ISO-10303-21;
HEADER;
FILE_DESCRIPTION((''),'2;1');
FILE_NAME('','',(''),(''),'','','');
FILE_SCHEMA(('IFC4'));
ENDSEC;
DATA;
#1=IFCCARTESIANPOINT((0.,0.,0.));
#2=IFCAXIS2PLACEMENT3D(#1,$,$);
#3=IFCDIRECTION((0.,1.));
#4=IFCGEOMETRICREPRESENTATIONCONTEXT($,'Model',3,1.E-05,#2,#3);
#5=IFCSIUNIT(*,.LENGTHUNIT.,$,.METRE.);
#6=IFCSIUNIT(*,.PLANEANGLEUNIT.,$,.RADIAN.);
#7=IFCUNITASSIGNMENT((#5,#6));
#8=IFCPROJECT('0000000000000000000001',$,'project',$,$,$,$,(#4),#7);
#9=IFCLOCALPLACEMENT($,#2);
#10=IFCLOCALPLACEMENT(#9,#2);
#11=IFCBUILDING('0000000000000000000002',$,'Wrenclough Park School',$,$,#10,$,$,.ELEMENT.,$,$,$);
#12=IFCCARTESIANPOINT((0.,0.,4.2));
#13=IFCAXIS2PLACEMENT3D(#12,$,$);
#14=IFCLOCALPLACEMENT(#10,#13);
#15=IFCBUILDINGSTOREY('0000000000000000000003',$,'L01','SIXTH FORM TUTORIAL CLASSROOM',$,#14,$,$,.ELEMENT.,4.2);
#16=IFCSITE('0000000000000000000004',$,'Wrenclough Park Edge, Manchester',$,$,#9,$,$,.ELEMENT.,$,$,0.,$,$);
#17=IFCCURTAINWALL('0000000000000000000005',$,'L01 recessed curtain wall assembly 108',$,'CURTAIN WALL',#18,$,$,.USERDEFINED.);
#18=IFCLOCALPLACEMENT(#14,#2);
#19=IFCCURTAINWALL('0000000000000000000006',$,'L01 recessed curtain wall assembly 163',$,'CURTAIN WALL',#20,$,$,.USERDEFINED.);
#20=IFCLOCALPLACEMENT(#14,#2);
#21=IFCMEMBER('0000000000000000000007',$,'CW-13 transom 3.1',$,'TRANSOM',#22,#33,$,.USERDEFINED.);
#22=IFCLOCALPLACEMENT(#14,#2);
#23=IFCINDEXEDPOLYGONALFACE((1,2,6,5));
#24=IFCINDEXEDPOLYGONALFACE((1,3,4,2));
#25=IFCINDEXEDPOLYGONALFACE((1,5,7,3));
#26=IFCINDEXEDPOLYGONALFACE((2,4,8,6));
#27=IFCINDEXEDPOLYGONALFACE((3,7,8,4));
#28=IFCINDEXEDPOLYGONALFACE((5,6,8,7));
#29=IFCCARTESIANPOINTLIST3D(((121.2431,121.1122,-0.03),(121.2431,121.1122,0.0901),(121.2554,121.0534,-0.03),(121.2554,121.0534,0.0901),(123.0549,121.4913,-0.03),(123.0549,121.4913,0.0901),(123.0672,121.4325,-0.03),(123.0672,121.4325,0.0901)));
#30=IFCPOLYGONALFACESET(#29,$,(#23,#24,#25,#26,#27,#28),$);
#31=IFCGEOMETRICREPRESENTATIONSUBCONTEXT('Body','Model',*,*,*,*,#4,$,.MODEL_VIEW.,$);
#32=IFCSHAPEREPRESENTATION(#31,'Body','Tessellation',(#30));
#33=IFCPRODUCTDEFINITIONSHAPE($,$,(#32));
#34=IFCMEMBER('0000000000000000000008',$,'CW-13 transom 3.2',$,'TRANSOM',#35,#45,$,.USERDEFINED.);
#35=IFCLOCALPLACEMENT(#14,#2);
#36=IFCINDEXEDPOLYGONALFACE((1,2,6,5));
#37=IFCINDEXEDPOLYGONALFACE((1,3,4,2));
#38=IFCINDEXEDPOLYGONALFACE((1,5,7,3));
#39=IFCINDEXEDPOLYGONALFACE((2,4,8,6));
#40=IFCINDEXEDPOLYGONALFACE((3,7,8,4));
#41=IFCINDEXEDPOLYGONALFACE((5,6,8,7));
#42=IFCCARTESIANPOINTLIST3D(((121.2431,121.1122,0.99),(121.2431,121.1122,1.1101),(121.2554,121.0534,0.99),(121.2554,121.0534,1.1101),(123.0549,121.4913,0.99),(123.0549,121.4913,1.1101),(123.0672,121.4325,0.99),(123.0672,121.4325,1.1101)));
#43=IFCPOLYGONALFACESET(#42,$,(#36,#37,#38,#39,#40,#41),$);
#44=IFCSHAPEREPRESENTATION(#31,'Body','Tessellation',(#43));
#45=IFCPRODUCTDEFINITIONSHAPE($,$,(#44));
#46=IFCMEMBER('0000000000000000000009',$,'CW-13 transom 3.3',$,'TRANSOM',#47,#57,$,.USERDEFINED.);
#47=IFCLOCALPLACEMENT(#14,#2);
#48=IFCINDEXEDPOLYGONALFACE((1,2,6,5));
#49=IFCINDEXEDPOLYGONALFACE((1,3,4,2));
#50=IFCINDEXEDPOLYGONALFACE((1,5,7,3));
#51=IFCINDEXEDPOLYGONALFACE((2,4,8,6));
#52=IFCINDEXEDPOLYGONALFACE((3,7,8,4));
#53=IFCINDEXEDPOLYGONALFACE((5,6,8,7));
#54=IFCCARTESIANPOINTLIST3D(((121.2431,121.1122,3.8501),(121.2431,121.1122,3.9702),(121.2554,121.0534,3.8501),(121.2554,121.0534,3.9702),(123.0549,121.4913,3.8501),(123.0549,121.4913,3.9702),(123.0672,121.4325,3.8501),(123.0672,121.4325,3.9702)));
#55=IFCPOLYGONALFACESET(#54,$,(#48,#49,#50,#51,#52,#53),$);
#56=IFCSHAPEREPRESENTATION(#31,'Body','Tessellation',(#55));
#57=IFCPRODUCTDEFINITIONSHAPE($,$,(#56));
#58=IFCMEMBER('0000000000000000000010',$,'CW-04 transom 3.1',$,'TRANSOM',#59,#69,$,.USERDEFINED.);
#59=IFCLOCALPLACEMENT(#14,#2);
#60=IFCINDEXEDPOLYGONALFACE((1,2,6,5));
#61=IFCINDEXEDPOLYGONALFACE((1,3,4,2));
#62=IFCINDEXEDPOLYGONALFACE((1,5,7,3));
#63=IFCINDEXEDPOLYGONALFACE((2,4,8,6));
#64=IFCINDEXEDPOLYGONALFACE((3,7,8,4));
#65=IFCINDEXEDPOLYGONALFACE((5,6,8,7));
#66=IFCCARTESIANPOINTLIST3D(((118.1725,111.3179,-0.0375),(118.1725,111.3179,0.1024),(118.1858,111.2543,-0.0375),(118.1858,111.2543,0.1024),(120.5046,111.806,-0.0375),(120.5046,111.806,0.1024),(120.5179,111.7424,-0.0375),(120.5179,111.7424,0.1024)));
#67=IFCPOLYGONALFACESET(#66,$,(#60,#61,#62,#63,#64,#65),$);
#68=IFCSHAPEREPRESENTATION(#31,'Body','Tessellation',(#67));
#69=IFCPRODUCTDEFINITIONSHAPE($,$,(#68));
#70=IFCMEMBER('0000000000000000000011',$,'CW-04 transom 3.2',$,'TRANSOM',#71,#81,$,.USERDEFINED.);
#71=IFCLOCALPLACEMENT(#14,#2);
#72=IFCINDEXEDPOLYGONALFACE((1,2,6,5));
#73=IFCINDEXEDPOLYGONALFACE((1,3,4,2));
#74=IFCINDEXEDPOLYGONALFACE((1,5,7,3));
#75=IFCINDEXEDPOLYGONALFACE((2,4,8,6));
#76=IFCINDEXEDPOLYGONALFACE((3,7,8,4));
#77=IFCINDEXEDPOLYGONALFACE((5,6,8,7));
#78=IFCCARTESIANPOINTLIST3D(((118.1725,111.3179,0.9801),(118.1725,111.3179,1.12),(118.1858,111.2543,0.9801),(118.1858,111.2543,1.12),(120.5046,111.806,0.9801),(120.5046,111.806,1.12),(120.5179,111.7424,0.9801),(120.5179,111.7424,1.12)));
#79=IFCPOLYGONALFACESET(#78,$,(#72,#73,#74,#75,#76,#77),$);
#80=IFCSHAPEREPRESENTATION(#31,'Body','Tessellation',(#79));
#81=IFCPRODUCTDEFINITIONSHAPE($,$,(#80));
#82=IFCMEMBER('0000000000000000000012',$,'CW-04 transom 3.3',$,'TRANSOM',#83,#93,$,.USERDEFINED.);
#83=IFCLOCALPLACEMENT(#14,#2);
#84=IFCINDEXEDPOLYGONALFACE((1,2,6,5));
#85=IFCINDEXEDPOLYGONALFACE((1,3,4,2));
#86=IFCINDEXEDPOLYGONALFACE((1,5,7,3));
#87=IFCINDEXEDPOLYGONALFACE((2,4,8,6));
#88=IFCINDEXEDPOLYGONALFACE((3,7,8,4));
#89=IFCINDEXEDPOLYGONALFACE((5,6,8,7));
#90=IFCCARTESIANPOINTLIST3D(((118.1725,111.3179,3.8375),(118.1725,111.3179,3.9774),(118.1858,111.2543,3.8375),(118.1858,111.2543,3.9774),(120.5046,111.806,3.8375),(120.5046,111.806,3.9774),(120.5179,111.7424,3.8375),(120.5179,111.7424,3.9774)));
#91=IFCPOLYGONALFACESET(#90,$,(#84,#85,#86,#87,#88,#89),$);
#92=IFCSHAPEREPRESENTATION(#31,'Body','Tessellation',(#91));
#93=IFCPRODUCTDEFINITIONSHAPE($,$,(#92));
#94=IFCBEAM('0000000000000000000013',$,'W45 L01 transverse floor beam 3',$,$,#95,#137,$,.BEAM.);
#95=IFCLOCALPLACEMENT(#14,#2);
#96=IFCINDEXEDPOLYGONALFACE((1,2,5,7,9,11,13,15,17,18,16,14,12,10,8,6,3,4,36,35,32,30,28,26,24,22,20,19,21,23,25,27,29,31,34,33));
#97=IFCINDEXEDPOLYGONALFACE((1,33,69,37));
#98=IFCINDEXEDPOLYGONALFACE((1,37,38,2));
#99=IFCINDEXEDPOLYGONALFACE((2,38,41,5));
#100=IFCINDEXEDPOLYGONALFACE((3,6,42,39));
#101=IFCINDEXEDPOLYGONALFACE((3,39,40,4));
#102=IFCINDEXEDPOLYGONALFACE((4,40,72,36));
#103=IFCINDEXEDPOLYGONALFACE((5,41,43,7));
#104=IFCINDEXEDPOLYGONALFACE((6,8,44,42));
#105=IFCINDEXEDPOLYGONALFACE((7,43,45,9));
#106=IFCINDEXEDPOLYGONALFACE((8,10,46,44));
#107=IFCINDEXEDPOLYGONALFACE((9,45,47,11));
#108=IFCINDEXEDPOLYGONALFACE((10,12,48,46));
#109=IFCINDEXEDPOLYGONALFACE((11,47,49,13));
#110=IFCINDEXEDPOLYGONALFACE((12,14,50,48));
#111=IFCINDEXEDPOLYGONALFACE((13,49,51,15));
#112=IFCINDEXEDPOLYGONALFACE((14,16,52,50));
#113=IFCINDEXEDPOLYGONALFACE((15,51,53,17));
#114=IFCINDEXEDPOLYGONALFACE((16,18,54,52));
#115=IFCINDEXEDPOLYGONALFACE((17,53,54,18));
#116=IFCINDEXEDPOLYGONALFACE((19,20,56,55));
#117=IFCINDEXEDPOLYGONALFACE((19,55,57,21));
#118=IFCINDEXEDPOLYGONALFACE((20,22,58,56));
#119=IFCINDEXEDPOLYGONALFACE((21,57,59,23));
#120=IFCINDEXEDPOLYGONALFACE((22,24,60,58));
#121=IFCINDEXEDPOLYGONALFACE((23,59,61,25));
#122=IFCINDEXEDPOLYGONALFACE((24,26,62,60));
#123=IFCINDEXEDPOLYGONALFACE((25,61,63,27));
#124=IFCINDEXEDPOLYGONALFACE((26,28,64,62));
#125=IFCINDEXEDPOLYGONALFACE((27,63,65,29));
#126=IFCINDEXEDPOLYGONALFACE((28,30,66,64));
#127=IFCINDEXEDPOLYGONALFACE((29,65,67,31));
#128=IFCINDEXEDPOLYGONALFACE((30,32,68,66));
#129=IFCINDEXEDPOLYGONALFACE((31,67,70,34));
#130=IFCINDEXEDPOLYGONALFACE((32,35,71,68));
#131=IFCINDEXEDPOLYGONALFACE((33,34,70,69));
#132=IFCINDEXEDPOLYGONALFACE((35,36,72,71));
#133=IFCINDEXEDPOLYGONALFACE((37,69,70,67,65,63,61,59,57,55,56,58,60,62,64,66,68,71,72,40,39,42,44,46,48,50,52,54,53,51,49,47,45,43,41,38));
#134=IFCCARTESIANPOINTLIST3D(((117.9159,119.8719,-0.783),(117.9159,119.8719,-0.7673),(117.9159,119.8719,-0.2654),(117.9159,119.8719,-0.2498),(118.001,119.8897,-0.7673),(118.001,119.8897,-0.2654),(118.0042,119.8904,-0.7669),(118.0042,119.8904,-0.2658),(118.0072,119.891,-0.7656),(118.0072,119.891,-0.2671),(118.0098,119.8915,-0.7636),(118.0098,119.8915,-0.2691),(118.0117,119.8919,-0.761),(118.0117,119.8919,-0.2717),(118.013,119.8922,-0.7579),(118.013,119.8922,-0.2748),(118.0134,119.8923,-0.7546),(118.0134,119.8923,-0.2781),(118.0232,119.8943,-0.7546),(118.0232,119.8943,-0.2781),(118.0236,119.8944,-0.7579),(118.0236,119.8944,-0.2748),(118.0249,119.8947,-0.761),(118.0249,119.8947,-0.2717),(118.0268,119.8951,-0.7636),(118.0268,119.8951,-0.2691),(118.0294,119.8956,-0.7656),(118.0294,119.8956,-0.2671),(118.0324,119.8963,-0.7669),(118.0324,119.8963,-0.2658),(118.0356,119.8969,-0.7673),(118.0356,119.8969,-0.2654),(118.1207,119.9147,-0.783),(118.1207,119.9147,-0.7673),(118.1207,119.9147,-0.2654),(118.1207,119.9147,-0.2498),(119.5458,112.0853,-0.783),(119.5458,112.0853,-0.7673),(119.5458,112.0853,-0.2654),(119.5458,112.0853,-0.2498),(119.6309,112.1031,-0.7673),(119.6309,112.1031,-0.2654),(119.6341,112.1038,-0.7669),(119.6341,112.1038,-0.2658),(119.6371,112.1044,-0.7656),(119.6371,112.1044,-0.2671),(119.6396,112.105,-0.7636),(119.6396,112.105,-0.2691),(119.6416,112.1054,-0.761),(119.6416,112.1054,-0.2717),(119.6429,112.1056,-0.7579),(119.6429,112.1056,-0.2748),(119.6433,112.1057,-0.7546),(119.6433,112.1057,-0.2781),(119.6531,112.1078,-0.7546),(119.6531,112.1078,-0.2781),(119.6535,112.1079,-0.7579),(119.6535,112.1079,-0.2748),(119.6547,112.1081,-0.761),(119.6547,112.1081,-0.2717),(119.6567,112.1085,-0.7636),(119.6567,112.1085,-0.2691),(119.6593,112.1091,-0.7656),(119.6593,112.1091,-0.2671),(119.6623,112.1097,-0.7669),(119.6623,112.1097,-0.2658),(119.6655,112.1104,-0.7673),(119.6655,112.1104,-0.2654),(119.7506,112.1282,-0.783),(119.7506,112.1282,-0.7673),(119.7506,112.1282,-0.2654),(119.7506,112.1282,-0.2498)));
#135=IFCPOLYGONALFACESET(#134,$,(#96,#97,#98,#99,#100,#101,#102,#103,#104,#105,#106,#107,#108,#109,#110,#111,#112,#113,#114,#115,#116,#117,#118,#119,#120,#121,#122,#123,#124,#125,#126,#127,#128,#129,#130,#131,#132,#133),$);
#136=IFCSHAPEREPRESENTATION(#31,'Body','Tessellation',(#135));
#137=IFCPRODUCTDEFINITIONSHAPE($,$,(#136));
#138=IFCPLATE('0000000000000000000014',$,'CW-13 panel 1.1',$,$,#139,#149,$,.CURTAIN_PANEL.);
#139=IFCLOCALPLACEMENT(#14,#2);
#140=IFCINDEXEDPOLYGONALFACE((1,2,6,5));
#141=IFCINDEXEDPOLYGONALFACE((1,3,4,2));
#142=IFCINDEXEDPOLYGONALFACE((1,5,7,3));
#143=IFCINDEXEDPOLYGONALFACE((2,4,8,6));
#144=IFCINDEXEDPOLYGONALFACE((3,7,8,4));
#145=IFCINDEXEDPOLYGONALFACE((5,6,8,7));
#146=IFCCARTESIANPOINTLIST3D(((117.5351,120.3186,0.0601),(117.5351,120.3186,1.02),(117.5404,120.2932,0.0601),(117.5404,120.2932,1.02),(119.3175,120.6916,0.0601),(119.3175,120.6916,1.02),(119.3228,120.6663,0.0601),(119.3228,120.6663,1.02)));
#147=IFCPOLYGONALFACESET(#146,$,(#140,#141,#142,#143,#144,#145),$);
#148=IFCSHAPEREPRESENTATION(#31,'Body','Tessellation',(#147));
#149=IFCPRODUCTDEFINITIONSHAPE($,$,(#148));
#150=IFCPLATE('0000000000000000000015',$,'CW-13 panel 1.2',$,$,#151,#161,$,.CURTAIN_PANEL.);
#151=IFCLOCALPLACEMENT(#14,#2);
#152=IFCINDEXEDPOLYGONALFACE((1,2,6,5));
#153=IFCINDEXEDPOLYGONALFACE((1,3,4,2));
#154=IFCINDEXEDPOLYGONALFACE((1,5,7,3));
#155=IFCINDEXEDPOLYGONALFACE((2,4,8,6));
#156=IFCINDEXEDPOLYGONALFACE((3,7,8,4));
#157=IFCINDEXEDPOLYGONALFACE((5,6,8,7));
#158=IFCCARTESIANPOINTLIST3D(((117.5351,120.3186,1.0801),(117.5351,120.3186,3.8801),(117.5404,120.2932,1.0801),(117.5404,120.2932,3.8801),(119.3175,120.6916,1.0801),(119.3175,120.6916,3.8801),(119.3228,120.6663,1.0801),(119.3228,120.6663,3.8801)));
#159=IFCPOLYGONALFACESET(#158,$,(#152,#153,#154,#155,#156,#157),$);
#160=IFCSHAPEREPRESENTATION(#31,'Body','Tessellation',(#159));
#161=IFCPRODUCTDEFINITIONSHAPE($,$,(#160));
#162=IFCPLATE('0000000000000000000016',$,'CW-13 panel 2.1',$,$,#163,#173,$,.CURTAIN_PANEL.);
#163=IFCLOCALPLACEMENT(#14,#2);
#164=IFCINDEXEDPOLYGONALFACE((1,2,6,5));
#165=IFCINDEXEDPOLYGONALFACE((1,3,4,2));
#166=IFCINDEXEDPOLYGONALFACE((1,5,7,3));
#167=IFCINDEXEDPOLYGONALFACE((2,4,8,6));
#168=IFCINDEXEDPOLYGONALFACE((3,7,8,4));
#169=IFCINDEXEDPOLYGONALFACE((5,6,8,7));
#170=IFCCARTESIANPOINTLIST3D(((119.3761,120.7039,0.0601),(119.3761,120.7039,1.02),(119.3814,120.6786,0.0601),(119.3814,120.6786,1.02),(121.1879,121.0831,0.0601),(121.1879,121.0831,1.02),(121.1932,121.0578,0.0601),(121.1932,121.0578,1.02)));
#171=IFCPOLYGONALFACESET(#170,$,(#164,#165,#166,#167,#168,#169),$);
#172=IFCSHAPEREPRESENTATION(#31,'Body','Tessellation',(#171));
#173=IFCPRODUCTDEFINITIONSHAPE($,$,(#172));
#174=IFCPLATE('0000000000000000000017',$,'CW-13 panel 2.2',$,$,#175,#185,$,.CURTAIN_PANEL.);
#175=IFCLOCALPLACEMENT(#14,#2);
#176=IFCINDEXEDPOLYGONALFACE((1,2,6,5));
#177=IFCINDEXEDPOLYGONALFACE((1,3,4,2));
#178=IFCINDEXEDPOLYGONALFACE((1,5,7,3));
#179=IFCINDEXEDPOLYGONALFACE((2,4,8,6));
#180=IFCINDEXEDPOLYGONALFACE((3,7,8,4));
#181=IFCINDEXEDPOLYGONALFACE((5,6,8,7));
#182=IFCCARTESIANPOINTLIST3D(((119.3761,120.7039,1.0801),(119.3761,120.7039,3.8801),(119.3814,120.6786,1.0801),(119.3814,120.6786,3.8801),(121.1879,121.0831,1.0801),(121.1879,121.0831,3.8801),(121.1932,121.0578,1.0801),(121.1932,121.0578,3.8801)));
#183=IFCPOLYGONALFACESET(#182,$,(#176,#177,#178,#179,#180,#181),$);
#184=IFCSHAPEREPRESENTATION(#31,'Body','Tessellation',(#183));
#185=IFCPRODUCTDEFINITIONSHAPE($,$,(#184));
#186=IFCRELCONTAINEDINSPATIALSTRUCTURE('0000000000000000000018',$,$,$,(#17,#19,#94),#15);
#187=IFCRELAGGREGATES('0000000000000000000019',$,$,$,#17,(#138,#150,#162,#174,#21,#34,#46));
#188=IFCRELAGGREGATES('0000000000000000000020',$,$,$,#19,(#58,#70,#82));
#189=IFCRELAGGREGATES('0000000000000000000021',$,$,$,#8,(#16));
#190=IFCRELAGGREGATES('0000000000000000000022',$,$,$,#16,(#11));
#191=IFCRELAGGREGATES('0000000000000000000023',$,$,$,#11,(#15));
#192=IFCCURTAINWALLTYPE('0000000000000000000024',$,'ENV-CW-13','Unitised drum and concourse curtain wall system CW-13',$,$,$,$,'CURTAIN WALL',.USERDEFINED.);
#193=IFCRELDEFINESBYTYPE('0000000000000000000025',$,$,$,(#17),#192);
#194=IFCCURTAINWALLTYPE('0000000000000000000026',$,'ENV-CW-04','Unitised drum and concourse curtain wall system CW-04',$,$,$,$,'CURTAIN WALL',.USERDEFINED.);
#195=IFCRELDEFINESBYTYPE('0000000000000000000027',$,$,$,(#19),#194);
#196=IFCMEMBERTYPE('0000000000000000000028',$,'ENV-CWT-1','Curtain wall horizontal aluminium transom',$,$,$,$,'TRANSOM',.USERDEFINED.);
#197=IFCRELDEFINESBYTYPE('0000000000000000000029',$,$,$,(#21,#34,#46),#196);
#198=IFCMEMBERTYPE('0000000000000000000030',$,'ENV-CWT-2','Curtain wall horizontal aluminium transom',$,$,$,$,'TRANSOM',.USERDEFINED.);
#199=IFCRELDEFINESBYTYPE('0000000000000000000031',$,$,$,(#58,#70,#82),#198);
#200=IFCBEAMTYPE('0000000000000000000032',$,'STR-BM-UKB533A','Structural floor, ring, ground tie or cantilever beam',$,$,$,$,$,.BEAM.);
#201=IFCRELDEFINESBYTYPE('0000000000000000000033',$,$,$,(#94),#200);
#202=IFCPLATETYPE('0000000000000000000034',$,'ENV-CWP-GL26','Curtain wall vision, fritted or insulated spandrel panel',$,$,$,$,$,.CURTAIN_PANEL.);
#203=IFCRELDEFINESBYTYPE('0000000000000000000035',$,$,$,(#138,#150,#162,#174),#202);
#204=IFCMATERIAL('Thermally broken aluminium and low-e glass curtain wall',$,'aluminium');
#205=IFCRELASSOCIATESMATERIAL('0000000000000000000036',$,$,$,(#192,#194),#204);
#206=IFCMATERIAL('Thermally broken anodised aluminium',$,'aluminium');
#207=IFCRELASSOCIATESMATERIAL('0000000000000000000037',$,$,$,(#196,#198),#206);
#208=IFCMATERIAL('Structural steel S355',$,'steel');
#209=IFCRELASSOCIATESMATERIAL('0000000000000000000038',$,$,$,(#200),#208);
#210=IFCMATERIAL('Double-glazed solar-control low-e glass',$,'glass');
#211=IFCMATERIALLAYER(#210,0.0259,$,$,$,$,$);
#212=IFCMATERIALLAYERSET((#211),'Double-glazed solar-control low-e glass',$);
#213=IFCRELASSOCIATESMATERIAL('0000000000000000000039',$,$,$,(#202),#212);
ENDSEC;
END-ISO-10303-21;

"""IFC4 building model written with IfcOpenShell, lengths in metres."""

from ifc_helpers import new_model, si_unit, direction, frame, origin, origin_2d, place, context, subcontext, project, spatial, rectangle, i_section, extrude, material, layer, layer_set, material_profile, profile_set, type_object, element, aggregate, save


model = new_model("IFC4")

# Units and contexts
model_context = context("Model", 3, precision=1e-05, world=origin(), true_north=direction((0.0, 1.0)))
body_context = subcontext(model_context, "Body", "Model", "MODEL_VIEW")
ifc_project = project(units=[si_unit("LENGTHUNIT", "METRE"), si_unit("PLANEANGLEUNIT", "RADIAN")], contexts=[model_context])

# Site, building, storey
site_placement = place(None, origin())
site = spatial("IfcSite", under=ifc_project, at=site_placement, Name="Wrenclough Park Edge, Manchester", CompositionType="ELEMENT", RefElevation=0.0)
building_placement = place(site_placement, origin())
building = spatial("IfcBuilding", under=site, at=building_placement, Name="Wrenclough Park School", CompositionType="ELEMENT")
storey_placement = place(building_placement, frame((0.0, 0.0, 4.2)))
storey = spatial("IfcBuildingStorey", under=building, at=storey_placement, Name="L01", Description="SIXTH FORM TUTORIAL CLASSROOM", CompositionType="ELEMENT", Elevation=4.2)

# Shared definitions
ifc_material_1 = material(Name="Structural steel S355", Category="steel")

# Curtain walls
ifc_material_2 = material(Name="Thermally broken aluminium and low-e glass curtain wall", Category="aluminium")
curtain_wall_type_1 = type_object("IfcCurtainWallType", Name="ENV-CW-13", Description="Unitised drum and concourse curtain wall system CW-13", ElementType="CURTAIN WALL", PredefinedType="USERDEFINED", material=ifc_material_2)
curtain_wall_1_placement = place(storey_placement, origin())
curtain_wall_1 = element("IfcCurtainWall", 1, at=curtain_wall_1_placement, inside=storey, type_object=curtain_wall_type_1, Name="L01 recessed curtain wall assembly 108", ObjectType="CURTAIN WALL", PredefinedType="USERDEFINED")
ifc_material_3 = material(Name="Thermally broken anodised aluminium", Category="aluminium")
curtain_wall_type_2 = type_object("IfcCurtainWallType", Name="ENV-CW-04", Description="Unitised drum and concourse curtain wall system CW-04", ElementType="CURTAIN WALL", PredefinedType="USERDEFINED", material=ifc_material_2)
curtain_wall_2_placement = place(storey_placement, origin())
curtain_wall_2 = element("IfcCurtainWall", 2, at=curtain_wall_2_placement, inside=storey, type_object=curtain_wall_type_2, Name="L01 recessed curtain wall assembly 163", ObjectType="CURTAIN WALL", PredefinedType="USERDEFINED")

# Members
ifc_material_profile_1 = material_profile(ifc_material_3, rectangle(XDim=0.0601, YDim=0.1201, at=origin_2d()), Name="AL TRANSOM 60x120")
ifc_profile_set_1 = profile_set([ifc_material_profile_1], Name="Thermally broken anodised aluminium")
member_type_1 = type_object("IfcMemberType", Name="ENV-CWT-1", Description="Curtain wall horizontal aluminium transom", ElementType="TRANSOM", PredefinedType="USERDEFINED", material=ifc_profile_set_1)
member_1_placement = place(storey_placement, frame((121.2493, 121.0828, 0.03), z_axis=(0.978797, 0.204834, 0.0), x_axis=(-0.204834, 0.978797, 0.0)))
member_1 = element("IfcMember", 3, at=member_1_placement, type_object=member_type_1, Name="CW-13 transom 3.1", ObjectType="TRANSOM", PredefinedType="USERDEFINED", context=body_context, shape_type="SweptSolid", body=[
    extrude(rectangle(XDim=0.0601, YDim=0.1201, at=origin_2d()), origin(), (0.0, 0.0, 1.0), 1.8511),
])
member_2_placement = place(storey_placement, frame((121.2493, 121.0828, 1.05), z_axis=(0.978797, 0.204834, 0.0), x_axis=(-0.204834, 0.978797, 0.0)))
member_2 = element("IfcMember", 4, at=member_2_placement, type_object=member_type_1, Name="CW-13 transom 3.2", ObjectType="TRANSOM", PredefinedType="USERDEFINED", context=body_context, shape_type="SweptSolid", body=[
    extrude(rectangle(XDim=0.0601, YDim=0.1201, at=origin_2d()), origin(), (0.0, 0.0, 1.0), 1.8511),
])
member_3_placement = place(storey_placement, frame((121.2493, 121.0828, 3.9102), z_axis=(0.978797, 0.204834, 0.0), x_axis=(-0.204834, 0.978797, 0.0)))
member_3 = element("IfcMember", 5, at=member_3_placement, type_object=member_type_1, Name="CW-13 transom 3.3", ObjectType="TRANSOM", PredefinedType="USERDEFINED", context=body_context, shape_type="SweptSolid", body=[
    extrude(rectangle(XDim=0.0601, YDim=0.1201, at=origin_2d()), origin(), (0.0, 0.0, 1.0), 1.8511),
])
ifc_material_profile_2 = material_profile(ifc_material_3, rectangle(XDim=0.0649, YDim=0.1399, at=origin_2d()), Name="AL TRANSOM 65x140")
ifc_profile_set_2 = profile_set([ifc_material_profile_2], Name="Thermally broken anodised aluminium")
member_type_2 = type_object("IfcMemberType", Name="ENV-CWT-2", Description="Curtain wall horizontal aluminium transom", ElementType="TRANSOM", PredefinedType="USERDEFINED", material=ifc_profile_set_2)
member_4_placement = place(storey_placement, frame((120.5112, 111.7742, 0.0325), z_axis=(-0.978796, -0.204838, 0.0), x_axis=(0.204838, -0.978796, 0.0)))
member_4 = element("IfcMember", 6, at=member_4_placement, type_object=member_type_2, Name="CW-04 transom 3.1", ObjectType="TRANSOM", PredefinedType="USERDEFINED", context=body_context, shape_type="SweptSolid", body=[
    extrude(rectangle(XDim=0.0649, YDim=0.1399, at=origin_2d()), origin(), (0.0, 0.0, 1.0), 2.3826),
])
member_5_placement = place(storey_placement, frame((120.5112, 111.7742, 1.05), z_axis=(-0.978796, -0.204838, 0.0), x_axis=(0.204838, -0.978796, 0.0)))
member_5 = element("IfcMember", 7, at=member_5_placement, type_object=member_type_2, Name="CW-04 transom 3.2", ObjectType="TRANSOM", PredefinedType="USERDEFINED", context=body_context, shape_type="SweptSolid", body=[
    extrude(rectangle(XDim=0.0649, YDim=0.1399, at=origin_2d()), origin(), (0.0, 0.0, 1.0), 2.3826),
])
member_6_placement = place(storey_placement, frame((120.5112, 111.7742, 3.9075), z_axis=(-0.978796, -0.204838, 0.0), x_axis=(0.204838, -0.978796, 0.0)))
member_6 = element("IfcMember", 8, at=member_6_placement, type_object=member_type_2, Name="CW-04 transom 3.3", ObjectType="TRANSOM", PredefinedType="USERDEFINED", context=body_context, shape_type="SweptSolid", body=[
    extrude(rectangle(XDim=0.0649, YDim=0.1399, at=origin_2d()), origin(), (0.0, 0.0, 1.0), 2.3826),
])

# Beam
ifc_material_profile_3 = material_profile(ifc_material_1, i_section(OverallWidth=0.2092, OverallDepth=0.5332, WebThickness=0.01, FlangeThickness=0.0156, FilletRadius=0.0127, at=origin_2d()), Name="UKB 533x210x92")
ifc_profile_set_3 = profile_set([ifc_material_profile_3], Name="Structural steel S355")
beam_type = type_object("IfcBeamType", Name="STR-BM-UKB533A", Description="Structural floor, ring, ground tie or cantilever beam", PredefinedType="BEAM", material=ifc_profile_set_3)
beam_placement = place(storey_placement, frame((118.0183, 119.8933, -0.5164), z_axis=(0.204878, -0.978787, 0.0), x_axis=(0.978787, 0.204878, 0.0)))
element("IfcBeam", 9, at=beam_placement, inside=storey, type_object=beam_type, Name="W45 L01 transverse floor beam 3", PredefinedType="BEAM", context=body_context, shape_type="SweptSolid", body=[
    extrude(i_section(OverallWidth=0.2092, OverallDepth=0.5332, WebThickness=0.01, FlangeThickness=0.0156, FilletRadius=0.0127, at=origin_2d()), origin(), (0.0, 0.0, 1.0), 7.9553),
])

# Plates
ifc_material_4 = material(Name="Double-glazed solar-control low-e glass", Category="glass")
ifc_layer_1 = layer(ifc_material_4, 0.0259)
ifc_layer_set_1 = layer_set([ifc_layer_1], Name="Double-glazed solar-control low-e glass")
plate_type_1 = type_object("IfcPlateType", Name="ENV-CWP-GL26", Description="Curtain wall vision, fritted or insulated spandrel panel", PredefinedType="CURTAIN_PANEL", material=ifc_layer_set_1)
plate_1_placement = place(storey_placement, frame((118.429, 120.4924, 0.0601), z_axis=(0.0, 0.0, 1.0), x_axis=(0.978789, 0.204871, 0.0)))
plate_1 = element("IfcPlate", 10, at=plate_1_placement, type_object=plate_type_1, Name="CW-13 panel 1.1", PredefinedType="CURTAIN_PANEL", context=body_context, shape_type="SweptSolid", body=[
    extrude(rectangle(XDim=1.821, YDim=0.0259, at=origin_2d()), origin(), (0.0, 0.0, 1.0), 0.96),
])
plate_2_placement = place(storey_placement, frame((118.429, 120.4924, 1.0801), z_axis=(0.0, 0.0, 1.0), x_axis=(0.978789, 0.204871, 0.0)))
plate_2 = element("IfcPlate", 11, at=plate_2_placement, type_object=plate_type_1, Name="CW-13 panel 1.2", PredefinedType="CURTAIN_PANEL", context=body_context, shape_type="SweptSolid", body=[
    extrude(rectangle(XDim=1.821, YDim=0.0259, at=origin_2d()), origin(), (0.0, 0.0, 1.0), 2.8),
])
plate_3_placement = place(storey_placement, frame((120.2847, 120.8809, 0.0601), z_axis=(0.0, 0.0, 1.0), x_axis=(0.978789, 0.204871, 0.0)))
plate_3 = element("IfcPlate", 12, at=plate_3_placement, type_object=plate_type_1, Name="CW-13 panel 2.1", PredefinedType="CURTAIN_PANEL", context=body_context, shape_type="SweptSolid", body=[
    extrude(rectangle(XDim=1.8511, YDim=0.0259, at=origin_2d()), origin(), (0.0, 0.0, 1.0), 0.96),
])
plate_4_placement = place(storey_placement, frame((120.2847, 120.8809, 1.0801), z_axis=(0.0, 0.0, 1.0), x_axis=(0.978789, 0.204871, 0.0)))
plate_4 = element("IfcPlate", 13, at=plate_4_placement, type_object=plate_type_1, Name="CW-13 panel 2.2", PredefinedType="CURTAIN_PANEL", context=body_context, shape_type="SweptSolid", body=[
    extrude(rectangle(XDim=1.8511, YDim=0.0259, at=origin_2d()), origin(), (0.0, 0.0, 1.0), 2.8),
])
aggregate(curtain_wall_1, [plate_1, plate_2, plate_3, plate_4, member_1, member_2, member_3])
aggregate(curtain_wall_2, [member_4, member_5, member_6])

save(model, "model.ifc")
